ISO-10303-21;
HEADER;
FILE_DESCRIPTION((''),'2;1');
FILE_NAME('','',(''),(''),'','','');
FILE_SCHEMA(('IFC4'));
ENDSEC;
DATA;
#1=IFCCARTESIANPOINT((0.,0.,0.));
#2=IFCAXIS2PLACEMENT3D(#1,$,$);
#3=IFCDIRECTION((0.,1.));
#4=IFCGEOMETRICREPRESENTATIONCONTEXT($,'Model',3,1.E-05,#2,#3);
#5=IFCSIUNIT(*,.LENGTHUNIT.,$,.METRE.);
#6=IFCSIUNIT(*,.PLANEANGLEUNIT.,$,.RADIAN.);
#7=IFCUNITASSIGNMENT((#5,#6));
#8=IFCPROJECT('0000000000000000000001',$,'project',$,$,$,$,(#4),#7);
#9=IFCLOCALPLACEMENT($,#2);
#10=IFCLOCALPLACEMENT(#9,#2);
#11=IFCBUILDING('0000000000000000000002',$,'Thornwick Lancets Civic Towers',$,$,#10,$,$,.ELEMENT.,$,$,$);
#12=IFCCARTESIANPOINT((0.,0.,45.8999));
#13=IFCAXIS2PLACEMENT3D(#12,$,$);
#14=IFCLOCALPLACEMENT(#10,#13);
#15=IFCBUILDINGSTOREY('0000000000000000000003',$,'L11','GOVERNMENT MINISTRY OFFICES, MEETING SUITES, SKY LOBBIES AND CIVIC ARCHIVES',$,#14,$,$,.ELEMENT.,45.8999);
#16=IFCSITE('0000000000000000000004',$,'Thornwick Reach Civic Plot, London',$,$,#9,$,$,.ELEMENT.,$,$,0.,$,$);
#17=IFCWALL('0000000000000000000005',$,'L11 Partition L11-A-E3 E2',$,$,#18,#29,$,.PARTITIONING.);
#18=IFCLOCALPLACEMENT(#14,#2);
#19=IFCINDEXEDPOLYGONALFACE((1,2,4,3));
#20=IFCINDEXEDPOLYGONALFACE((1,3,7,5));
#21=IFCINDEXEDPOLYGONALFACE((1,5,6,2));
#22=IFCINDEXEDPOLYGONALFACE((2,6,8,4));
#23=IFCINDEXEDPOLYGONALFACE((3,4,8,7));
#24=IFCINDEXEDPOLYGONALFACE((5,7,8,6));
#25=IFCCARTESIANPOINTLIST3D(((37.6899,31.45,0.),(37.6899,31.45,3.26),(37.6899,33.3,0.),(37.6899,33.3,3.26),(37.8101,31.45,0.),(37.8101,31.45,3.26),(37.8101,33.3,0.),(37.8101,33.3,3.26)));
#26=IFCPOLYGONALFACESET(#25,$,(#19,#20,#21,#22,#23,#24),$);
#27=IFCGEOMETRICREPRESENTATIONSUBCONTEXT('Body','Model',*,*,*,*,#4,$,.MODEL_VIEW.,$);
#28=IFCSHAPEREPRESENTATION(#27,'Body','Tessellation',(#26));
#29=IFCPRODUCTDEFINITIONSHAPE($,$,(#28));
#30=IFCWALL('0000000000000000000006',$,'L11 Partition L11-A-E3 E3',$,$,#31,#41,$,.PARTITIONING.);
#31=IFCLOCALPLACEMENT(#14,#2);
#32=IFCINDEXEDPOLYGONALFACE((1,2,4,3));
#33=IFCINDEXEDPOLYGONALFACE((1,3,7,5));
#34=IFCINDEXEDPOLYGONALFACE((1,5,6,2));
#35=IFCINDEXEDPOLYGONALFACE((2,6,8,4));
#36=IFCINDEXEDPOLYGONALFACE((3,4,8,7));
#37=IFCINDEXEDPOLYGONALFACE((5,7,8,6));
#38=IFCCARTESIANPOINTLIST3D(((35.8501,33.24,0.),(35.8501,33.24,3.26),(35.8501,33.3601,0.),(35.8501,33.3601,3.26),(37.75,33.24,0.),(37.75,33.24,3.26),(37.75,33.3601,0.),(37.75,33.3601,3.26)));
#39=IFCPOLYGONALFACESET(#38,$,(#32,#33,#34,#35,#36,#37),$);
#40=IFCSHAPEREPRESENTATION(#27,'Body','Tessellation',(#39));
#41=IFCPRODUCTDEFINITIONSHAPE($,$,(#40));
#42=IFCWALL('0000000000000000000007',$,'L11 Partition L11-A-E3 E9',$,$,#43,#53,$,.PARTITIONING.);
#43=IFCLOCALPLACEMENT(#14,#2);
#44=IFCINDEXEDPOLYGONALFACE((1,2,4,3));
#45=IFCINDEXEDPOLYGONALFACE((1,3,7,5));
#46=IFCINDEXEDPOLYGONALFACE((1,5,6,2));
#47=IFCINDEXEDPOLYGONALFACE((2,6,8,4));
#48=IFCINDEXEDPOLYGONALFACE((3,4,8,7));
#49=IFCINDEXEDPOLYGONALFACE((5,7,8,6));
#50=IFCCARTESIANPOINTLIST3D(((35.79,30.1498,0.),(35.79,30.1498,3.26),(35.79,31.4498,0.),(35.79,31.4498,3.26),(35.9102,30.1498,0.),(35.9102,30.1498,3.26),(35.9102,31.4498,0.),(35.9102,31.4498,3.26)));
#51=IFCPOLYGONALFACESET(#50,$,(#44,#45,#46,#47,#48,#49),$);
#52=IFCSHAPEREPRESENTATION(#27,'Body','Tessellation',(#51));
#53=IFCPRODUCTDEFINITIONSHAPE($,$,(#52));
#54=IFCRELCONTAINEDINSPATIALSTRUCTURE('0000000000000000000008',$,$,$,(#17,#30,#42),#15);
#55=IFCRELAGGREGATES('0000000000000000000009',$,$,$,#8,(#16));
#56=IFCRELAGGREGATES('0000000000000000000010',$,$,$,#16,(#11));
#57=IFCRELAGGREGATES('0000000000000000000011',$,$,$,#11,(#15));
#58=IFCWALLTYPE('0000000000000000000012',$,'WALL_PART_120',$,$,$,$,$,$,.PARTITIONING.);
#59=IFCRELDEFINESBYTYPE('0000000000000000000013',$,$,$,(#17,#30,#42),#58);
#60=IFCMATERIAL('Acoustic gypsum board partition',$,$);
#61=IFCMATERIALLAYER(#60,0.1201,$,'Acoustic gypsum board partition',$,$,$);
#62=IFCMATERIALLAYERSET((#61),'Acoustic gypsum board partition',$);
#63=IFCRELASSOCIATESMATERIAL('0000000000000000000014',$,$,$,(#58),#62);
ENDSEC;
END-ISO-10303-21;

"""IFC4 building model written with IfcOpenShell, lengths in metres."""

from ifc_helpers import new_model, si_unit, direction, frame, frame_2d, origin, place, context, subcontext, project, spatial, rectangle, extrude, material, layer, layer_set, type_object, element, save


model = new_model("IFC4")

# Units and contexts
model_context = context("Model", 3, precision=1e-05, world=origin(), true_north=direction((0.0, 1.0)))
body_context = subcontext(model_context, "Body", "Model", "MODEL_VIEW")
ifc_project = project(units=[si_unit("LENGTHUNIT", "METRE"), si_unit("PLANEANGLEUNIT", "RADIAN")], contexts=[model_context])

# Site, building, storey
site_placement = place(None, origin())
site = spatial("IfcSite", under=ifc_project, at=site_placement, Name="Thornwick Reach Civic Plot, London", CompositionType="ELEMENT", RefElevation=0.0)
building_placement = place(site_placement, origin())
building = spatial("IfcBuilding", under=site, at=building_placement, Name="Thornwick Lancets Civic Towers", CompositionType="ELEMENT")
storey_placement = place(building_placement, frame((0.0, 0.0, 45.8999)))
storey = spatial("IfcBuildingStorey", under=building, at=storey_placement, Name="L11", Description="GOVERNMENT MINISTRY OFFICES, MEETING SUITES, SKY LOBBIES AND CIVIC ARCHIVES", CompositionType="ELEMENT", Elevation=45.8999)

# Shared definitions
ifc_material_1 = material(Name="Acoustic gypsum board partition")
ifc_layer_1 = layer(ifc_material_1, 0.1201, Name="Acoustic gypsum board partition")
ifc_layer_set_1 = layer_set([ifc_layer_1], Name="Acoustic gypsum board partition")
wall_type = type_object("IfcWallType", Name="WALL_PART_120", PredefinedType="PARTITIONING", material=ifc_layer_set_1)

# Walls
wall_1_placement = place(storey_placement, frame((37.75, 31.45, 0.0), z_axis=(0.0, 0.0, 1.0), x_axis=(0.0, 1.0, 0.0)))
element("IfcWall", 1, at=wall_1_placement, inside=storey, type_object=wall_type, Name="L11 Partition L11-A-E3 E2", PredefinedType="PARTITIONING", context=body_context, shape_type="SweptSolid", body=[
    extrude(rectangle(XDim=1.8501, YDim=0.1201, at=frame_2d((0.925, 0.0))), origin(), (0.0, 0.0, 1.0), 3.26),
])
wall_2_placement = place(storey_placement, frame((37.75, 33.3, 0.0), z_axis=(0.0, 0.0, 1.0), x_axis=(-1.0, 0.0, 0.0)))
element("IfcWall", 2, at=wall_2_placement, inside=storey, type_object=wall_type, Name="L11 Partition L11-A-E3 E3", PredefinedType="PARTITIONING", context=body_context, shape_type="SweptSolid", body=[
    extrude(rectangle(XDim=1.8999, YDim=0.1201, at=frame_2d((0.95, 0.0))), origin(), (0.0, 0.0, 1.0), 3.26),
])
wall_3_placement = place(storey_placement, frame((35.8501, 30.1499, 0.0), z_axis=(0.0, 0.0, 1.0), x_axis=(0.0, 1.0, 0.0)))
element("IfcWall", 3, at=wall_3_placement, inside=storey, type_object=wall_type, Name="L11 Partition L11-A-E3 E9", PredefinedType="PARTITIONING", context=body_context, shape_type="SweptSolid", body=[
    extrude(rectangle(XDim=1.3, YDim=0.1201, at=frame_2d((0.6499, 0.0))), origin(), (0.0, 0.0, 1.0), 3.26),
])

save(model, "model.ifc")
